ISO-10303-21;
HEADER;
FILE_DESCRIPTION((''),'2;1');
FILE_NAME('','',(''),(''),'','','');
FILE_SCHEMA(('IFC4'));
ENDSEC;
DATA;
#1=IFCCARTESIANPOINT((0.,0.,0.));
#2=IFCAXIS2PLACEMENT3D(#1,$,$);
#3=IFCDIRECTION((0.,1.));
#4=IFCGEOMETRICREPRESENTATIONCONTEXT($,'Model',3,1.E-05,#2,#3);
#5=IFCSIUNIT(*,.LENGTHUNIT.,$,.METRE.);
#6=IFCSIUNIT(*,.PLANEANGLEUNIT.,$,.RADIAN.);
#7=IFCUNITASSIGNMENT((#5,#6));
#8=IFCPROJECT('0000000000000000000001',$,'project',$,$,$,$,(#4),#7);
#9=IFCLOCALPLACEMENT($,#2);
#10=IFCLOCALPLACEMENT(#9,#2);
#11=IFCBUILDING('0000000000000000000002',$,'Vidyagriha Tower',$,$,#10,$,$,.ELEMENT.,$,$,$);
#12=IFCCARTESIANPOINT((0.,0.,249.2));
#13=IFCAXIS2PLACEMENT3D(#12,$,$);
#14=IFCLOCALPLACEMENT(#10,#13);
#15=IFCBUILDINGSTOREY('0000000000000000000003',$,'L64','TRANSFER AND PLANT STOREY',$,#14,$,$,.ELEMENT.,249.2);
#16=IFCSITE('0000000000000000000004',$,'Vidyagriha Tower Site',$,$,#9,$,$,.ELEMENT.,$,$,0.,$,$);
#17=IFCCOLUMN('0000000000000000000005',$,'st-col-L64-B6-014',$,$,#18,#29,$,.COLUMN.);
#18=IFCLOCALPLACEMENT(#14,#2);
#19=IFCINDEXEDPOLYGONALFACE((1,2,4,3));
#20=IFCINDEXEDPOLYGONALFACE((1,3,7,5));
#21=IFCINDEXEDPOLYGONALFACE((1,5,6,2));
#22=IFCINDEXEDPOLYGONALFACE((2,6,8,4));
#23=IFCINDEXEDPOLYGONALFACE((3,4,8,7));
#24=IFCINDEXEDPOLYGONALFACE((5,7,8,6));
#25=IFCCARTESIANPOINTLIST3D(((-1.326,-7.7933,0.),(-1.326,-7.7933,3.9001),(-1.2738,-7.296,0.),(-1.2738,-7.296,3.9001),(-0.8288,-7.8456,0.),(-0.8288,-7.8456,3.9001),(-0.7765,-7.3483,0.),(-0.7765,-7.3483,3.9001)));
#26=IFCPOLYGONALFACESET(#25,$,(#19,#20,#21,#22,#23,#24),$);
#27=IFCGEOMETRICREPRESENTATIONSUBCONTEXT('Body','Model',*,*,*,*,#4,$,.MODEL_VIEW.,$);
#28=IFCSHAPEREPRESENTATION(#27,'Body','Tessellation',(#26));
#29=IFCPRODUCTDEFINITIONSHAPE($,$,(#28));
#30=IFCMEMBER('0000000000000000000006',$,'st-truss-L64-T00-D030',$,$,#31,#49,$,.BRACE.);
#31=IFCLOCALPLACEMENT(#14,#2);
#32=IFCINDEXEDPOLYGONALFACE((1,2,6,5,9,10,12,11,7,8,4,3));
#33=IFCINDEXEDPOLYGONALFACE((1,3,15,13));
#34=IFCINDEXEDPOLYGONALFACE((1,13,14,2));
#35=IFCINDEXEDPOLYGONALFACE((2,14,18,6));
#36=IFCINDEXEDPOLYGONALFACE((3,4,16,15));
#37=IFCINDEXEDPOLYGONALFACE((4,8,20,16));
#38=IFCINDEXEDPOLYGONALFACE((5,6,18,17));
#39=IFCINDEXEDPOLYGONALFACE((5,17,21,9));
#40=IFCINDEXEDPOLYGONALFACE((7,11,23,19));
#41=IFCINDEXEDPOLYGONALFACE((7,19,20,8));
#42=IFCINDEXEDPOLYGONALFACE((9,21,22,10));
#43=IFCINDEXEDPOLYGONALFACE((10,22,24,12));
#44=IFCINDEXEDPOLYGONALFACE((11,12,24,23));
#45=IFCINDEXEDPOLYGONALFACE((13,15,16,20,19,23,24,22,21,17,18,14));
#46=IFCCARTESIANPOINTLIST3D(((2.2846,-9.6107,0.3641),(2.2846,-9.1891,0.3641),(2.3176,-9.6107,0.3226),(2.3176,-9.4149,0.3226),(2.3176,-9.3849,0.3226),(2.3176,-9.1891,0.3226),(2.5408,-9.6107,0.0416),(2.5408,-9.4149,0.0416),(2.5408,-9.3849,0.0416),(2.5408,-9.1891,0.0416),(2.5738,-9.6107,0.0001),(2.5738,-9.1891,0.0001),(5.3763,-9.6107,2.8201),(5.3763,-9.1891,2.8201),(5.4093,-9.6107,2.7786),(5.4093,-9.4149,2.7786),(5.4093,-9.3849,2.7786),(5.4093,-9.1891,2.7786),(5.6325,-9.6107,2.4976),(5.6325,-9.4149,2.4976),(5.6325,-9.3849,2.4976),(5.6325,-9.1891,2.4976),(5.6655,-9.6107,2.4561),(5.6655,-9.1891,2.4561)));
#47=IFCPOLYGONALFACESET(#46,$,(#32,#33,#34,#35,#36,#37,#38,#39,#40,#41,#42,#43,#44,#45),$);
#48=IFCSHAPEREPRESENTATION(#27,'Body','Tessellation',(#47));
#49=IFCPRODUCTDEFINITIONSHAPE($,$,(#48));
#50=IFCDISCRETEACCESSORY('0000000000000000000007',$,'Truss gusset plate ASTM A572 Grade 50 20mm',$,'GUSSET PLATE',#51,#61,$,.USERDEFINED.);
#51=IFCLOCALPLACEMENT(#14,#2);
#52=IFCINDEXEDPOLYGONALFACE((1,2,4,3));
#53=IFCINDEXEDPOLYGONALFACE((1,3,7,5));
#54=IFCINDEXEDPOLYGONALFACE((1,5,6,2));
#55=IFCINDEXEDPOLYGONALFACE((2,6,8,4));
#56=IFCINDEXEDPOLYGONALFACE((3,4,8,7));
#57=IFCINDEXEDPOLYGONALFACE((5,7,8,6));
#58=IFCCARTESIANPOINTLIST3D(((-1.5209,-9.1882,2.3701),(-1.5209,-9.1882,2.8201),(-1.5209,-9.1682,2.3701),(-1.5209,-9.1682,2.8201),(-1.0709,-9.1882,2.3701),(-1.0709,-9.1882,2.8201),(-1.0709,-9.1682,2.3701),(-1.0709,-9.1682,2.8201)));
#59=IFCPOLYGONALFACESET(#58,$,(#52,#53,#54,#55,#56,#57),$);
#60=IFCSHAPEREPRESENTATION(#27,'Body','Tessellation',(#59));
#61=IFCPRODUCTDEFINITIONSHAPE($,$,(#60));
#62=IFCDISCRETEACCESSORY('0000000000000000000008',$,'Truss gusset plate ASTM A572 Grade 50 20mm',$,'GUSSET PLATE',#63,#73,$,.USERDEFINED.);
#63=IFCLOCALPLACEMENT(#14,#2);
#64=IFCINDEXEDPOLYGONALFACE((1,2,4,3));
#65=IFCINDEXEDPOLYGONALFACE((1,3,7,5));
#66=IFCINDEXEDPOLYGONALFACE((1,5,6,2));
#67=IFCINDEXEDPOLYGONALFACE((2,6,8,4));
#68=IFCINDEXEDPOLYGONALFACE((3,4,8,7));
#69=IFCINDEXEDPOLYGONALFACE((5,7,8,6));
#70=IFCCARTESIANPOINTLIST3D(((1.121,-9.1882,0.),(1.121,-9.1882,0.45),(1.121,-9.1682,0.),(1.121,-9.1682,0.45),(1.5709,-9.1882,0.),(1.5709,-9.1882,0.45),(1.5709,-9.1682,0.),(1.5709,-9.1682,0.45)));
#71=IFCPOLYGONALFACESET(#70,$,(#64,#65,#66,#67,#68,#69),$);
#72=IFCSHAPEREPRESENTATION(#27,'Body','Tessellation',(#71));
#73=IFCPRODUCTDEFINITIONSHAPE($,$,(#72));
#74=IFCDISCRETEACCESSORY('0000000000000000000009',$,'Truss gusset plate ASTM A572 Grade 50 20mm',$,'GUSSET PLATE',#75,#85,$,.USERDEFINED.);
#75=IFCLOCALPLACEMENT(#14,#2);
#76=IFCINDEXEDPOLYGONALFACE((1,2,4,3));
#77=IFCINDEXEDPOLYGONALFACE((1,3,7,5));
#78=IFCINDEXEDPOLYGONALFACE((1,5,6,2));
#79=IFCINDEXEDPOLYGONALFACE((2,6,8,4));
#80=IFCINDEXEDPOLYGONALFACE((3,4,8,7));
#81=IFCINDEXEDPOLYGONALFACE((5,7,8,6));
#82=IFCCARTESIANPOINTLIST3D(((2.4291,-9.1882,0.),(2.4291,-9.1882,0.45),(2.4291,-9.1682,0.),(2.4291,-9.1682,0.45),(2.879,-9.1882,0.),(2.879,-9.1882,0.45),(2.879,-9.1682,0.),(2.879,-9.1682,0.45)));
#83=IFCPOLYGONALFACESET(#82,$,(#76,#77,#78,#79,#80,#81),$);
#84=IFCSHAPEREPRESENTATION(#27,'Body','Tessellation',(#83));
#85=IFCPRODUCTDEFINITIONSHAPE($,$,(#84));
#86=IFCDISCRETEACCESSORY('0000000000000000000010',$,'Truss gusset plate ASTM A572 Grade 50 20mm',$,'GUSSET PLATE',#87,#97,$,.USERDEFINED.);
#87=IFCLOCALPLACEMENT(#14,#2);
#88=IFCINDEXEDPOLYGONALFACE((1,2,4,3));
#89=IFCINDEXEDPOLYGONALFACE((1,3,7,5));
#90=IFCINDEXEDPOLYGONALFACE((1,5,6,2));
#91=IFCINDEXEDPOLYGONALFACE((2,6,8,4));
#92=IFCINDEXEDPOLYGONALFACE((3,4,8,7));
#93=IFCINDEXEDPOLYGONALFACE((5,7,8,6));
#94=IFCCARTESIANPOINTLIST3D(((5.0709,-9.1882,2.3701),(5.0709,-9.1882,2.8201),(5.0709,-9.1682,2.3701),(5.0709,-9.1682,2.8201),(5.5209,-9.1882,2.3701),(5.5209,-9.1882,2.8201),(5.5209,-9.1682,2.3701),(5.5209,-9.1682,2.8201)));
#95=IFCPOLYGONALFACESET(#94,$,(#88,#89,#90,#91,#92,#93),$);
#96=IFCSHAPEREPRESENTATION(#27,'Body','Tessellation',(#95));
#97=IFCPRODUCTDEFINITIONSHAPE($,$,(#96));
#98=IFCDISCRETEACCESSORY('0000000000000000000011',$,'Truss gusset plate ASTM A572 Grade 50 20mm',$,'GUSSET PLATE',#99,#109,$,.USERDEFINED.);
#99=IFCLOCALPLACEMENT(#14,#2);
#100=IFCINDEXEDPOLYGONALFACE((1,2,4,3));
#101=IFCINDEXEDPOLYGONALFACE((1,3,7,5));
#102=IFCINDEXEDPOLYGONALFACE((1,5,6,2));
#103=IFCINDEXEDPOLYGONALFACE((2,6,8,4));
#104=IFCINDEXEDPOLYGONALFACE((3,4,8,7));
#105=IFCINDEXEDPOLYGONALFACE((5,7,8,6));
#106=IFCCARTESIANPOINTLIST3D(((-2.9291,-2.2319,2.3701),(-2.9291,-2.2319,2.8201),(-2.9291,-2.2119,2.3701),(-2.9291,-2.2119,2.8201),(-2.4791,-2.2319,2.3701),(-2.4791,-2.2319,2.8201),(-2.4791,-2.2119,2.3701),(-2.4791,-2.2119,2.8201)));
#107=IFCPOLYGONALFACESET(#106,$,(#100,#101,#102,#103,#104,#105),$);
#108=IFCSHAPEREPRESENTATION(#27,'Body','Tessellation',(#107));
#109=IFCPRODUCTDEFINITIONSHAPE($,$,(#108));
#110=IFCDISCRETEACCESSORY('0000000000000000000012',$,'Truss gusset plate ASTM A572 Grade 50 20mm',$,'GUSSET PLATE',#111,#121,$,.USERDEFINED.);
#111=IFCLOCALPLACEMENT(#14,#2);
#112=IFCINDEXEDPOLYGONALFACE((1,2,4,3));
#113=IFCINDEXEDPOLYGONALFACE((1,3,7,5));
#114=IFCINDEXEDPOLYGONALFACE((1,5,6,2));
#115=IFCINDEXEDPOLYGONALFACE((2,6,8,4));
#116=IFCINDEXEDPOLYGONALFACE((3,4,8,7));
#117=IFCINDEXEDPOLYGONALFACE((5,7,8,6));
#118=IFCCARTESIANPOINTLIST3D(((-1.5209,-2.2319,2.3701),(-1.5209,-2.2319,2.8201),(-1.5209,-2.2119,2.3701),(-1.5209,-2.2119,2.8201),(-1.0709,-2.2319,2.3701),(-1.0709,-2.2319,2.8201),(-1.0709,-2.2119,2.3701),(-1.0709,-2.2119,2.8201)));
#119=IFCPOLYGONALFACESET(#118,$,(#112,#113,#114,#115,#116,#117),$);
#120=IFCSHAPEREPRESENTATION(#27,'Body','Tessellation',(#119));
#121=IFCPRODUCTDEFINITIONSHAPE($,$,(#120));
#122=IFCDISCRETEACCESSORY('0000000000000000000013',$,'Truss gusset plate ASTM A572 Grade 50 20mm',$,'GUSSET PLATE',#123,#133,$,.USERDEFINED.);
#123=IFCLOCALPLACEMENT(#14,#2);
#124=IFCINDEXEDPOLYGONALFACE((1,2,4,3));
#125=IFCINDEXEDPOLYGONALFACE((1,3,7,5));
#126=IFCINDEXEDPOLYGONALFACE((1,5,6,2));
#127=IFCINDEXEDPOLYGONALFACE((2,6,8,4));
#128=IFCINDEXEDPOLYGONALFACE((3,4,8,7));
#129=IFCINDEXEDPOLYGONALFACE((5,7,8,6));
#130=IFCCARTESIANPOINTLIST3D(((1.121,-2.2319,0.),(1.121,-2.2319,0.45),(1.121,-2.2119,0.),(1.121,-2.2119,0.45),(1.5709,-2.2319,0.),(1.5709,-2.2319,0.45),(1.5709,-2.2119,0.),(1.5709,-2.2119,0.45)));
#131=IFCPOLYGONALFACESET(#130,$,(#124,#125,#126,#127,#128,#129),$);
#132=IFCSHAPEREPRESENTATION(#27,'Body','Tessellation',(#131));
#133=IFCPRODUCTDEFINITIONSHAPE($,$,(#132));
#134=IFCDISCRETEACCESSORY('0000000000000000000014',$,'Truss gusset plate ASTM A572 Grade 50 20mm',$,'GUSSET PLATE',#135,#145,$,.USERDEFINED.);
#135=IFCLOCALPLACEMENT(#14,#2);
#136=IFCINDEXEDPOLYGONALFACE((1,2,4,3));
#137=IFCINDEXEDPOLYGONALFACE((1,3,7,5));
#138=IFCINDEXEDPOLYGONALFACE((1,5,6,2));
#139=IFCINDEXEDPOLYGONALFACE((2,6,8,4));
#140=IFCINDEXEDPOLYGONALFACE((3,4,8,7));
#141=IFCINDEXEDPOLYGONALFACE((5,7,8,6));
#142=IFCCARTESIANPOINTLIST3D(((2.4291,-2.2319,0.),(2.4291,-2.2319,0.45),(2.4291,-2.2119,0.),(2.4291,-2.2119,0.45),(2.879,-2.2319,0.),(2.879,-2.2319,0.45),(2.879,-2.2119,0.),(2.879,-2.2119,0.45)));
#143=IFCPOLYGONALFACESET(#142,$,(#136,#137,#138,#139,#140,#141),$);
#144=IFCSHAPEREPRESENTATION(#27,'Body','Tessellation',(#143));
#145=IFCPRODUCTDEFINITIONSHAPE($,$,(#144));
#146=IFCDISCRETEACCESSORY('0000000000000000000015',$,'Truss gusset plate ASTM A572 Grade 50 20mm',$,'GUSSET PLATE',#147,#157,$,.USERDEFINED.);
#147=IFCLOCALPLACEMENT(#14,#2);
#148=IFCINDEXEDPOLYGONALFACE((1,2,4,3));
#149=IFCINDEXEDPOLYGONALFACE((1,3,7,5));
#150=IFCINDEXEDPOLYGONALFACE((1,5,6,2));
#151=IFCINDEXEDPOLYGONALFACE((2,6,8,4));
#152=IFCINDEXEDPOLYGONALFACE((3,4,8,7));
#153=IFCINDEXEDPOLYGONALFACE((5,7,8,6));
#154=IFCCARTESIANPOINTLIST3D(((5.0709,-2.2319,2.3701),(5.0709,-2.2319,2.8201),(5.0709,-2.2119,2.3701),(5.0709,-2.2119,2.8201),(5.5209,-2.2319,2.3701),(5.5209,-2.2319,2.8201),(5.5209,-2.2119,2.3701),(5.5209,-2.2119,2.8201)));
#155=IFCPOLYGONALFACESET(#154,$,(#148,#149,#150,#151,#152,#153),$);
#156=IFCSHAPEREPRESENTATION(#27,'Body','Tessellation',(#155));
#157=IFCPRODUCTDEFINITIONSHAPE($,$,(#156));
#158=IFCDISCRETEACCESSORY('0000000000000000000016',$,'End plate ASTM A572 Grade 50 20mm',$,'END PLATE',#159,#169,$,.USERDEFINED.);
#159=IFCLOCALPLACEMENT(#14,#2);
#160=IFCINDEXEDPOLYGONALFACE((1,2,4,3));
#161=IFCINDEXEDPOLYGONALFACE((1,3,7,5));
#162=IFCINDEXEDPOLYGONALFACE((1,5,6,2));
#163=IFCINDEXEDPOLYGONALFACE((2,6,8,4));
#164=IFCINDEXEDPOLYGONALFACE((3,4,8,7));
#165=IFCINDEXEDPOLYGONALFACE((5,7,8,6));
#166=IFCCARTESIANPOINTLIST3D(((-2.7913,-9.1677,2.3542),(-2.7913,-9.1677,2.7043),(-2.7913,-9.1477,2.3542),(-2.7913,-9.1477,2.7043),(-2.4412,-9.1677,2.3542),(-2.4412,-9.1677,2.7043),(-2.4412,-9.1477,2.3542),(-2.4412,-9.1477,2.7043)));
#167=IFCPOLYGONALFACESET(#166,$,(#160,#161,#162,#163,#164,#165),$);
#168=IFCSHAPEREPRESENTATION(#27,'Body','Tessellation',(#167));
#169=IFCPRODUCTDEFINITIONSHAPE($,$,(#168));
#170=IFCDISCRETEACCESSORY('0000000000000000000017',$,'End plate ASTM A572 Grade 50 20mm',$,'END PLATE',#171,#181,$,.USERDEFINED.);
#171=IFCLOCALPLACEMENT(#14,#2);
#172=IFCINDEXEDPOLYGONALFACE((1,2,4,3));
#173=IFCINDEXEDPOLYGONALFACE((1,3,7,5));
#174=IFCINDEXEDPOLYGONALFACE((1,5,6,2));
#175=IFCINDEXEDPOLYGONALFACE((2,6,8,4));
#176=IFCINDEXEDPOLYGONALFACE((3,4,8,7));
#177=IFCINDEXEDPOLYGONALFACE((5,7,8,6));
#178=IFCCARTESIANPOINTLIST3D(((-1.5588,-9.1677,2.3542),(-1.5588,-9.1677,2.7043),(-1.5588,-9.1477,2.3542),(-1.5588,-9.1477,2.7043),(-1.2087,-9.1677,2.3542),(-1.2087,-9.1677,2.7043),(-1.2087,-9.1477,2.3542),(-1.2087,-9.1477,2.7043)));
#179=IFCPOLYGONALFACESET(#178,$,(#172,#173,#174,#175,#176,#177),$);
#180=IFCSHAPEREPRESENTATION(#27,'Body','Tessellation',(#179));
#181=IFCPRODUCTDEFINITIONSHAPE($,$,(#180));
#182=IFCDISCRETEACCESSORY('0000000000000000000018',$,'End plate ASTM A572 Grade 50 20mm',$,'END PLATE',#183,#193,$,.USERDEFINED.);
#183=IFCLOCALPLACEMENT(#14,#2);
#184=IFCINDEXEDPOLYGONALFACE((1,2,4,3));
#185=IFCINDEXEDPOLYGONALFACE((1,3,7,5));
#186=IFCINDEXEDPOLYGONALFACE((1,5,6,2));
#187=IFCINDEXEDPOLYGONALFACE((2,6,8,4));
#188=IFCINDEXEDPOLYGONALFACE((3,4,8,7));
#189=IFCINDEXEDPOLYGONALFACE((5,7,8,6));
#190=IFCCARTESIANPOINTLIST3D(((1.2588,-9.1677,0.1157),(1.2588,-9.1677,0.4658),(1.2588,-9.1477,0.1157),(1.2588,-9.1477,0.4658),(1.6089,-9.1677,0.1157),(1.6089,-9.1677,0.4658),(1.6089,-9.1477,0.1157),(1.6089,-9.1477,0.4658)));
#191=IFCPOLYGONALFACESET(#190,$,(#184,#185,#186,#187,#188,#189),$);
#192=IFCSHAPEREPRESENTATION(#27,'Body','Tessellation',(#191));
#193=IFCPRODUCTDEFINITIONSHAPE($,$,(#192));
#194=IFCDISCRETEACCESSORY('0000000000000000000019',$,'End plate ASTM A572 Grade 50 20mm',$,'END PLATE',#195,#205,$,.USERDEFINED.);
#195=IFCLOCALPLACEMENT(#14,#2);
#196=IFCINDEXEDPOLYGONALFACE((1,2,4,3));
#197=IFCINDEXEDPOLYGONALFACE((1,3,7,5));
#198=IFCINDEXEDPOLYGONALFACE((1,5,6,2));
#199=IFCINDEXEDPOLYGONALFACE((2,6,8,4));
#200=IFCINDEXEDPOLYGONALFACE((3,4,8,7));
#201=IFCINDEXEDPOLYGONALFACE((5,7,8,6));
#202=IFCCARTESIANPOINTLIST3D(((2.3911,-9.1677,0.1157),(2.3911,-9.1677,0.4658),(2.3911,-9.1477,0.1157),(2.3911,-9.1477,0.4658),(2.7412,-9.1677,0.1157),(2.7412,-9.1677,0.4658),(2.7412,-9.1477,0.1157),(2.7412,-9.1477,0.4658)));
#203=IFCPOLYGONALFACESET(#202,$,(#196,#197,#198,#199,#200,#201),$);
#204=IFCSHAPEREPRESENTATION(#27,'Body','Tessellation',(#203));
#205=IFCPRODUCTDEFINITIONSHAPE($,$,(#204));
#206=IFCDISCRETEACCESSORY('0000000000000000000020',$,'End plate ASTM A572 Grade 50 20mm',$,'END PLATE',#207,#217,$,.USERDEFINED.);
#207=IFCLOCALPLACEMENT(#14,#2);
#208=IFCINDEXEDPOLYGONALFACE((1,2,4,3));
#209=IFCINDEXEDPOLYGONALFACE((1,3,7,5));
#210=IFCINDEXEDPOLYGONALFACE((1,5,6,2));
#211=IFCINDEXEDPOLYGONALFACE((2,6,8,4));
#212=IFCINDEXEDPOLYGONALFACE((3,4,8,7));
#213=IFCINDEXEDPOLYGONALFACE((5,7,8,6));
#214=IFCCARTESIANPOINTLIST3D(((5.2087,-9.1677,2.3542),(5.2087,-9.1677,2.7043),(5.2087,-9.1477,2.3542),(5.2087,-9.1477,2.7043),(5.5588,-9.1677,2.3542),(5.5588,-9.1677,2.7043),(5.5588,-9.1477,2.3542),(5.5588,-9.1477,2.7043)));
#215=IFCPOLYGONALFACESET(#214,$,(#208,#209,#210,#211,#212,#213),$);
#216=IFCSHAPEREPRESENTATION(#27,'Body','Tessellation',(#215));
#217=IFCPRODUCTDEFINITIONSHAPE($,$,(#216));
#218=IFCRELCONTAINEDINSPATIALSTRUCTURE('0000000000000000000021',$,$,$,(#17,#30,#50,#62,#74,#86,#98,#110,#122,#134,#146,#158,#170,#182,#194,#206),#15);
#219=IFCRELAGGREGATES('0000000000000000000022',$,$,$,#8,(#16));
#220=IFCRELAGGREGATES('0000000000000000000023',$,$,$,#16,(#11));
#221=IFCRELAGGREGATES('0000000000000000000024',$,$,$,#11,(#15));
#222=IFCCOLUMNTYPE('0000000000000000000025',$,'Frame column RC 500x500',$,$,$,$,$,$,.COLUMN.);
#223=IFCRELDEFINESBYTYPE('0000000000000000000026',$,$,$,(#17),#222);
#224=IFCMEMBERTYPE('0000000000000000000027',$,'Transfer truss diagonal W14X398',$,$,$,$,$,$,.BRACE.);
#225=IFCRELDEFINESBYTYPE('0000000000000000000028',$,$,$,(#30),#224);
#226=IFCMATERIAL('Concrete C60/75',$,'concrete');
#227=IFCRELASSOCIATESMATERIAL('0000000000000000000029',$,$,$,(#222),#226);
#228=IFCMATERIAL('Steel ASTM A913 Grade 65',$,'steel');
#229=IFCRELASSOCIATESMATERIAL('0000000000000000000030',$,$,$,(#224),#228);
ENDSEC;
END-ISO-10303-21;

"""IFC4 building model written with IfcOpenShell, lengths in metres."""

from ifc_helpers import new_model, si_unit, direction, frame, origin, origin_2d, place, context, subcontext, project, spatial, rectangle, i_section, extrude, material, material_profile, profile_set, type_object, element, save


model = new_model("IFC4")

# Units and contexts
model_context = context("Model", 3, precision=1e-05, world=origin(), true_north=direction((0.0, 1.0)))
body_context = subcontext(model_context, "Body", "Model", "MODEL_VIEW")
ifc_project = project(units=[si_unit("LENGTHUNIT", "METRE"), si_unit("PLANEANGLEUNIT", "RADIAN")], contexts=[model_context])

# Site, building, storey
site_placement = place(None, origin())
site = spatial("IfcSite", under=ifc_project, at=site_placement, Name="Vidyagriha Tower Site", CompositionType="ELEMENT", RefElevation=0.0)
building_placement = place(site_placement, origin())
building = spatial("IfcBuilding", under=site, at=building_placement, Name="Vidyagriha Tower", CompositionType="ELEMENT")
storey_placement = place(building_placement, frame((0.0, 0.0, 249.2)))
storey = spatial("IfcBuildingStorey", under=building, at=storey_placement, Name="L64", Description="TRANSFER AND PLANT STOREY", CompositionType="ELEMENT", Elevation=249.2)

# Column
ifc_material_1 = material(Name="Concrete C60/75", Category="concrete")
ifc_material_profile_1 = material_profile(ifc_material_1, rectangle(XDim=0.5, YDim=0.5, at=origin_2d()), Name="RC 500x500")
ifc_profile_set_1 = profile_set([ifc_material_profile_1], Name="Concrete C60/75")
column_type = type_object("IfcColumnType", Name="Frame column RC 500x500", PredefinedType="COLUMN", material=ifc_profile_set_1)
column_placement = place(storey_placement, frame((-1.0513, -7.5708, 0.0), z_axis=(0.0, 0.0, 1.0), x_axis=(0.994522, -0.104528, 0.0)))
element("IfcColumn", 1, at=column_placement, inside=storey, type_object=column_type, Name="st-col-L64-B6-014", PredefinedType="COLUMN", context=body_context, shape_type="SweptSolid", body=[
    extrude(rectangle(XDim=0.5, YDim=0.5, at=origin_2d()), origin(), (0.0, 0.0, 1.0), 3.9001),
])

# Member
ifc_material_2 = material(Name="Steel ASTM A913 Grade 65", Category="steel")
ifc_material_profile_2 = material_profile(ifc_material_2, i_section(OverallWidth=0.4216, OverallDepth=0.4648, WebThickness=0.03, FlangeThickness=0.053, at=origin_2d()), Name="W14X398")
ifc_profile_set_2 = profile_set([ifc_material_profile_2], Name="Steel ASTM A913 Grade 65")
member_type = type_object("IfcMemberType", Name="Transfer truss diagonal W14X398", PredefinedType="BRACE", material=ifc_profile_set_2)
member_placement = place(storey_placement, frame((2.4292, -9.3999, 0.1821), z_axis=(0.783012, 0.0, 0.622007), x_axis=(0.0, 1.0, 0.0)))
element("IfcMember", 2, at=member_placement, inside=storey, type_object=member_type, Name="st-truss-L64-T00-D030", PredefinedType="BRACE", context=body_context, shape_type="SweptSolid", body=[
    extrude(i_section(OverallWidth=0.4216, OverallDepth=0.4648, WebThickness=0.03, FlangeThickness=0.053, at=origin_2d()), origin(), (0.0, 0.0, 1.0), 3.9485),
])

# Discrete accessories
for number, where, name in (
    (3, (-1.2959, -9.1782, 2.3701), "Truss gusset plate ASTM A572 Grade 50 20mm"),
    (4, (1.3459, -9.1782, 0.0), "Truss gusset plate ASTM A572 Grade 50 20mm"),
    (5, (2.6541, -9.1782, 0.0), "Truss gusset plate ASTM A572 Grade 50 20mm"),
    (6, (5.2959, -9.1782, 2.3701), "Truss gusset plate ASTM A572 Grade 50 20mm"),
    (7, (-2.7041, -2.2219, 2.3701), "Truss gusset plate ASTM A572 Grade 50 20mm"),
    (8, (-1.2959, -2.2219, 2.3701), "Truss gusset plate ASTM A572 Grade 50 20mm"),
    (9, (1.3459, -2.2219, 0.0), "Truss gusset plate ASTM A572 Grade 50 20mm"),
    (10, (2.6541, -2.2219, 0.0), "Truss gusset plate ASTM A572 Grade 50 20mm"),
    (11, (5.2959, -2.2219, 2.3701), "Truss gusset plate ASTM A572 Grade 50 20mm"),
):
    element("IfcDiscreteAccessory", number, at=place(storey_placement, frame(where)), inside=storey, Name=name, ObjectType="GUSSET PLATE", PredefinedType="USERDEFINED", context=body_context, shape_type="SweptSolid", body=[
        extrude(rectangle(XDim=0.45, YDim=0.02, at=origin_2d()), origin(), (0.0, 0.0, 1.0), 0.45),
    ])
discrete_accessory_1_placement = place(storey_placement, frame((-2.6162, -9.1577, 2.3542)))
element("IfcDiscreteAccessory", 12, at=discrete_accessory_1_placement, inside=storey, Name="End plate ASTM A572 Grade 50 20mm", ObjectType="END PLATE", PredefinedType="USERDEFINED", context=body_context, shape_type="SweptSolid", body=[
    extrude(rectangle(XDim=0.3501, YDim=0.02, at=origin_2d()), origin(), (0.0, 0.0, 1.0), 0.3501),
])
discrete_accessory_2_placement = place(storey_placement, frame((-1.3838, -9.1577, 2.3542), z_axis=(0.0, 0.0, 1.0), x_axis=(-1.0, 0.0, 0.0)))
element("IfcDiscreteAccessory", 13, at=discrete_accessory_2_placement, inside=storey, Name="End plate ASTM A572 Grade 50 20mm", ObjectType="END PLATE", PredefinedType="USERDEFINED", context=body_context, shape_type="SweptSolid", body=[
    extrude(rectangle(XDim=0.3501, YDim=0.02, at=origin_2d()), origin(), (0.0, 0.0, 1.0), 0.3501),
])
discrete_accessory_3_placement = place(storey_placement, frame((1.4338, -9.1577, 0.1157)))
element("IfcDiscreteAccessory", 14, at=discrete_accessory_3_placement, inside=storey, Name="End plate ASTM A572 Grade 50 20mm", ObjectType="END PLATE", PredefinedType="USERDEFINED", context=body_context, shape_type="SweptSolid", body=[
    extrude(rectangle(XDim=0.3501, YDim=0.02, at=origin_2d()), origin(), (0.0, 0.0, 1.0), 0.3501),
])
discrete_accessory_4_placement = place(storey_placement, frame((2.5662, -9.1577, 0.1157), z_axis=(0.0, 0.0, 1.0), x_axis=(-1.0, 0.0, 0.0)))
element("IfcDiscreteAccessory", 15, at=discrete_accessory_4_placement, inside=storey, Name="End plate ASTM A572 Grade 50 20mm", ObjectType="END PLATE", PredefinedType="USERDEFINED", context=body_context, shape_type="SweptSolid", body=[
    extrude(rectangle(XDim=0.3501, YDim=0.02, at=origin_2d()), origin(), (0.0, 0.0, 1.0), 0.3501),
])
for number, where, name in (
    (16, (5.3838, -9.1577, 2.3542), "End plate ASTM A572 Grade 50 20mm"),
):
    element("IfcDiscreteAccessory", number, at=place(storey_placement, frame(where)), inside=storey, Name=name, ObjectType="END PLATE", PredefinedType="USERDEFINED", context=body_context, shape_type="SweptSolid", body=[
        extrude(rectangle(XDim=0.3501, YDim=0.02, at=origin_2d()), origin(), (0.0, 0.0, 1.0), 0.3501),
    ])

save(model, "model.ifc")
